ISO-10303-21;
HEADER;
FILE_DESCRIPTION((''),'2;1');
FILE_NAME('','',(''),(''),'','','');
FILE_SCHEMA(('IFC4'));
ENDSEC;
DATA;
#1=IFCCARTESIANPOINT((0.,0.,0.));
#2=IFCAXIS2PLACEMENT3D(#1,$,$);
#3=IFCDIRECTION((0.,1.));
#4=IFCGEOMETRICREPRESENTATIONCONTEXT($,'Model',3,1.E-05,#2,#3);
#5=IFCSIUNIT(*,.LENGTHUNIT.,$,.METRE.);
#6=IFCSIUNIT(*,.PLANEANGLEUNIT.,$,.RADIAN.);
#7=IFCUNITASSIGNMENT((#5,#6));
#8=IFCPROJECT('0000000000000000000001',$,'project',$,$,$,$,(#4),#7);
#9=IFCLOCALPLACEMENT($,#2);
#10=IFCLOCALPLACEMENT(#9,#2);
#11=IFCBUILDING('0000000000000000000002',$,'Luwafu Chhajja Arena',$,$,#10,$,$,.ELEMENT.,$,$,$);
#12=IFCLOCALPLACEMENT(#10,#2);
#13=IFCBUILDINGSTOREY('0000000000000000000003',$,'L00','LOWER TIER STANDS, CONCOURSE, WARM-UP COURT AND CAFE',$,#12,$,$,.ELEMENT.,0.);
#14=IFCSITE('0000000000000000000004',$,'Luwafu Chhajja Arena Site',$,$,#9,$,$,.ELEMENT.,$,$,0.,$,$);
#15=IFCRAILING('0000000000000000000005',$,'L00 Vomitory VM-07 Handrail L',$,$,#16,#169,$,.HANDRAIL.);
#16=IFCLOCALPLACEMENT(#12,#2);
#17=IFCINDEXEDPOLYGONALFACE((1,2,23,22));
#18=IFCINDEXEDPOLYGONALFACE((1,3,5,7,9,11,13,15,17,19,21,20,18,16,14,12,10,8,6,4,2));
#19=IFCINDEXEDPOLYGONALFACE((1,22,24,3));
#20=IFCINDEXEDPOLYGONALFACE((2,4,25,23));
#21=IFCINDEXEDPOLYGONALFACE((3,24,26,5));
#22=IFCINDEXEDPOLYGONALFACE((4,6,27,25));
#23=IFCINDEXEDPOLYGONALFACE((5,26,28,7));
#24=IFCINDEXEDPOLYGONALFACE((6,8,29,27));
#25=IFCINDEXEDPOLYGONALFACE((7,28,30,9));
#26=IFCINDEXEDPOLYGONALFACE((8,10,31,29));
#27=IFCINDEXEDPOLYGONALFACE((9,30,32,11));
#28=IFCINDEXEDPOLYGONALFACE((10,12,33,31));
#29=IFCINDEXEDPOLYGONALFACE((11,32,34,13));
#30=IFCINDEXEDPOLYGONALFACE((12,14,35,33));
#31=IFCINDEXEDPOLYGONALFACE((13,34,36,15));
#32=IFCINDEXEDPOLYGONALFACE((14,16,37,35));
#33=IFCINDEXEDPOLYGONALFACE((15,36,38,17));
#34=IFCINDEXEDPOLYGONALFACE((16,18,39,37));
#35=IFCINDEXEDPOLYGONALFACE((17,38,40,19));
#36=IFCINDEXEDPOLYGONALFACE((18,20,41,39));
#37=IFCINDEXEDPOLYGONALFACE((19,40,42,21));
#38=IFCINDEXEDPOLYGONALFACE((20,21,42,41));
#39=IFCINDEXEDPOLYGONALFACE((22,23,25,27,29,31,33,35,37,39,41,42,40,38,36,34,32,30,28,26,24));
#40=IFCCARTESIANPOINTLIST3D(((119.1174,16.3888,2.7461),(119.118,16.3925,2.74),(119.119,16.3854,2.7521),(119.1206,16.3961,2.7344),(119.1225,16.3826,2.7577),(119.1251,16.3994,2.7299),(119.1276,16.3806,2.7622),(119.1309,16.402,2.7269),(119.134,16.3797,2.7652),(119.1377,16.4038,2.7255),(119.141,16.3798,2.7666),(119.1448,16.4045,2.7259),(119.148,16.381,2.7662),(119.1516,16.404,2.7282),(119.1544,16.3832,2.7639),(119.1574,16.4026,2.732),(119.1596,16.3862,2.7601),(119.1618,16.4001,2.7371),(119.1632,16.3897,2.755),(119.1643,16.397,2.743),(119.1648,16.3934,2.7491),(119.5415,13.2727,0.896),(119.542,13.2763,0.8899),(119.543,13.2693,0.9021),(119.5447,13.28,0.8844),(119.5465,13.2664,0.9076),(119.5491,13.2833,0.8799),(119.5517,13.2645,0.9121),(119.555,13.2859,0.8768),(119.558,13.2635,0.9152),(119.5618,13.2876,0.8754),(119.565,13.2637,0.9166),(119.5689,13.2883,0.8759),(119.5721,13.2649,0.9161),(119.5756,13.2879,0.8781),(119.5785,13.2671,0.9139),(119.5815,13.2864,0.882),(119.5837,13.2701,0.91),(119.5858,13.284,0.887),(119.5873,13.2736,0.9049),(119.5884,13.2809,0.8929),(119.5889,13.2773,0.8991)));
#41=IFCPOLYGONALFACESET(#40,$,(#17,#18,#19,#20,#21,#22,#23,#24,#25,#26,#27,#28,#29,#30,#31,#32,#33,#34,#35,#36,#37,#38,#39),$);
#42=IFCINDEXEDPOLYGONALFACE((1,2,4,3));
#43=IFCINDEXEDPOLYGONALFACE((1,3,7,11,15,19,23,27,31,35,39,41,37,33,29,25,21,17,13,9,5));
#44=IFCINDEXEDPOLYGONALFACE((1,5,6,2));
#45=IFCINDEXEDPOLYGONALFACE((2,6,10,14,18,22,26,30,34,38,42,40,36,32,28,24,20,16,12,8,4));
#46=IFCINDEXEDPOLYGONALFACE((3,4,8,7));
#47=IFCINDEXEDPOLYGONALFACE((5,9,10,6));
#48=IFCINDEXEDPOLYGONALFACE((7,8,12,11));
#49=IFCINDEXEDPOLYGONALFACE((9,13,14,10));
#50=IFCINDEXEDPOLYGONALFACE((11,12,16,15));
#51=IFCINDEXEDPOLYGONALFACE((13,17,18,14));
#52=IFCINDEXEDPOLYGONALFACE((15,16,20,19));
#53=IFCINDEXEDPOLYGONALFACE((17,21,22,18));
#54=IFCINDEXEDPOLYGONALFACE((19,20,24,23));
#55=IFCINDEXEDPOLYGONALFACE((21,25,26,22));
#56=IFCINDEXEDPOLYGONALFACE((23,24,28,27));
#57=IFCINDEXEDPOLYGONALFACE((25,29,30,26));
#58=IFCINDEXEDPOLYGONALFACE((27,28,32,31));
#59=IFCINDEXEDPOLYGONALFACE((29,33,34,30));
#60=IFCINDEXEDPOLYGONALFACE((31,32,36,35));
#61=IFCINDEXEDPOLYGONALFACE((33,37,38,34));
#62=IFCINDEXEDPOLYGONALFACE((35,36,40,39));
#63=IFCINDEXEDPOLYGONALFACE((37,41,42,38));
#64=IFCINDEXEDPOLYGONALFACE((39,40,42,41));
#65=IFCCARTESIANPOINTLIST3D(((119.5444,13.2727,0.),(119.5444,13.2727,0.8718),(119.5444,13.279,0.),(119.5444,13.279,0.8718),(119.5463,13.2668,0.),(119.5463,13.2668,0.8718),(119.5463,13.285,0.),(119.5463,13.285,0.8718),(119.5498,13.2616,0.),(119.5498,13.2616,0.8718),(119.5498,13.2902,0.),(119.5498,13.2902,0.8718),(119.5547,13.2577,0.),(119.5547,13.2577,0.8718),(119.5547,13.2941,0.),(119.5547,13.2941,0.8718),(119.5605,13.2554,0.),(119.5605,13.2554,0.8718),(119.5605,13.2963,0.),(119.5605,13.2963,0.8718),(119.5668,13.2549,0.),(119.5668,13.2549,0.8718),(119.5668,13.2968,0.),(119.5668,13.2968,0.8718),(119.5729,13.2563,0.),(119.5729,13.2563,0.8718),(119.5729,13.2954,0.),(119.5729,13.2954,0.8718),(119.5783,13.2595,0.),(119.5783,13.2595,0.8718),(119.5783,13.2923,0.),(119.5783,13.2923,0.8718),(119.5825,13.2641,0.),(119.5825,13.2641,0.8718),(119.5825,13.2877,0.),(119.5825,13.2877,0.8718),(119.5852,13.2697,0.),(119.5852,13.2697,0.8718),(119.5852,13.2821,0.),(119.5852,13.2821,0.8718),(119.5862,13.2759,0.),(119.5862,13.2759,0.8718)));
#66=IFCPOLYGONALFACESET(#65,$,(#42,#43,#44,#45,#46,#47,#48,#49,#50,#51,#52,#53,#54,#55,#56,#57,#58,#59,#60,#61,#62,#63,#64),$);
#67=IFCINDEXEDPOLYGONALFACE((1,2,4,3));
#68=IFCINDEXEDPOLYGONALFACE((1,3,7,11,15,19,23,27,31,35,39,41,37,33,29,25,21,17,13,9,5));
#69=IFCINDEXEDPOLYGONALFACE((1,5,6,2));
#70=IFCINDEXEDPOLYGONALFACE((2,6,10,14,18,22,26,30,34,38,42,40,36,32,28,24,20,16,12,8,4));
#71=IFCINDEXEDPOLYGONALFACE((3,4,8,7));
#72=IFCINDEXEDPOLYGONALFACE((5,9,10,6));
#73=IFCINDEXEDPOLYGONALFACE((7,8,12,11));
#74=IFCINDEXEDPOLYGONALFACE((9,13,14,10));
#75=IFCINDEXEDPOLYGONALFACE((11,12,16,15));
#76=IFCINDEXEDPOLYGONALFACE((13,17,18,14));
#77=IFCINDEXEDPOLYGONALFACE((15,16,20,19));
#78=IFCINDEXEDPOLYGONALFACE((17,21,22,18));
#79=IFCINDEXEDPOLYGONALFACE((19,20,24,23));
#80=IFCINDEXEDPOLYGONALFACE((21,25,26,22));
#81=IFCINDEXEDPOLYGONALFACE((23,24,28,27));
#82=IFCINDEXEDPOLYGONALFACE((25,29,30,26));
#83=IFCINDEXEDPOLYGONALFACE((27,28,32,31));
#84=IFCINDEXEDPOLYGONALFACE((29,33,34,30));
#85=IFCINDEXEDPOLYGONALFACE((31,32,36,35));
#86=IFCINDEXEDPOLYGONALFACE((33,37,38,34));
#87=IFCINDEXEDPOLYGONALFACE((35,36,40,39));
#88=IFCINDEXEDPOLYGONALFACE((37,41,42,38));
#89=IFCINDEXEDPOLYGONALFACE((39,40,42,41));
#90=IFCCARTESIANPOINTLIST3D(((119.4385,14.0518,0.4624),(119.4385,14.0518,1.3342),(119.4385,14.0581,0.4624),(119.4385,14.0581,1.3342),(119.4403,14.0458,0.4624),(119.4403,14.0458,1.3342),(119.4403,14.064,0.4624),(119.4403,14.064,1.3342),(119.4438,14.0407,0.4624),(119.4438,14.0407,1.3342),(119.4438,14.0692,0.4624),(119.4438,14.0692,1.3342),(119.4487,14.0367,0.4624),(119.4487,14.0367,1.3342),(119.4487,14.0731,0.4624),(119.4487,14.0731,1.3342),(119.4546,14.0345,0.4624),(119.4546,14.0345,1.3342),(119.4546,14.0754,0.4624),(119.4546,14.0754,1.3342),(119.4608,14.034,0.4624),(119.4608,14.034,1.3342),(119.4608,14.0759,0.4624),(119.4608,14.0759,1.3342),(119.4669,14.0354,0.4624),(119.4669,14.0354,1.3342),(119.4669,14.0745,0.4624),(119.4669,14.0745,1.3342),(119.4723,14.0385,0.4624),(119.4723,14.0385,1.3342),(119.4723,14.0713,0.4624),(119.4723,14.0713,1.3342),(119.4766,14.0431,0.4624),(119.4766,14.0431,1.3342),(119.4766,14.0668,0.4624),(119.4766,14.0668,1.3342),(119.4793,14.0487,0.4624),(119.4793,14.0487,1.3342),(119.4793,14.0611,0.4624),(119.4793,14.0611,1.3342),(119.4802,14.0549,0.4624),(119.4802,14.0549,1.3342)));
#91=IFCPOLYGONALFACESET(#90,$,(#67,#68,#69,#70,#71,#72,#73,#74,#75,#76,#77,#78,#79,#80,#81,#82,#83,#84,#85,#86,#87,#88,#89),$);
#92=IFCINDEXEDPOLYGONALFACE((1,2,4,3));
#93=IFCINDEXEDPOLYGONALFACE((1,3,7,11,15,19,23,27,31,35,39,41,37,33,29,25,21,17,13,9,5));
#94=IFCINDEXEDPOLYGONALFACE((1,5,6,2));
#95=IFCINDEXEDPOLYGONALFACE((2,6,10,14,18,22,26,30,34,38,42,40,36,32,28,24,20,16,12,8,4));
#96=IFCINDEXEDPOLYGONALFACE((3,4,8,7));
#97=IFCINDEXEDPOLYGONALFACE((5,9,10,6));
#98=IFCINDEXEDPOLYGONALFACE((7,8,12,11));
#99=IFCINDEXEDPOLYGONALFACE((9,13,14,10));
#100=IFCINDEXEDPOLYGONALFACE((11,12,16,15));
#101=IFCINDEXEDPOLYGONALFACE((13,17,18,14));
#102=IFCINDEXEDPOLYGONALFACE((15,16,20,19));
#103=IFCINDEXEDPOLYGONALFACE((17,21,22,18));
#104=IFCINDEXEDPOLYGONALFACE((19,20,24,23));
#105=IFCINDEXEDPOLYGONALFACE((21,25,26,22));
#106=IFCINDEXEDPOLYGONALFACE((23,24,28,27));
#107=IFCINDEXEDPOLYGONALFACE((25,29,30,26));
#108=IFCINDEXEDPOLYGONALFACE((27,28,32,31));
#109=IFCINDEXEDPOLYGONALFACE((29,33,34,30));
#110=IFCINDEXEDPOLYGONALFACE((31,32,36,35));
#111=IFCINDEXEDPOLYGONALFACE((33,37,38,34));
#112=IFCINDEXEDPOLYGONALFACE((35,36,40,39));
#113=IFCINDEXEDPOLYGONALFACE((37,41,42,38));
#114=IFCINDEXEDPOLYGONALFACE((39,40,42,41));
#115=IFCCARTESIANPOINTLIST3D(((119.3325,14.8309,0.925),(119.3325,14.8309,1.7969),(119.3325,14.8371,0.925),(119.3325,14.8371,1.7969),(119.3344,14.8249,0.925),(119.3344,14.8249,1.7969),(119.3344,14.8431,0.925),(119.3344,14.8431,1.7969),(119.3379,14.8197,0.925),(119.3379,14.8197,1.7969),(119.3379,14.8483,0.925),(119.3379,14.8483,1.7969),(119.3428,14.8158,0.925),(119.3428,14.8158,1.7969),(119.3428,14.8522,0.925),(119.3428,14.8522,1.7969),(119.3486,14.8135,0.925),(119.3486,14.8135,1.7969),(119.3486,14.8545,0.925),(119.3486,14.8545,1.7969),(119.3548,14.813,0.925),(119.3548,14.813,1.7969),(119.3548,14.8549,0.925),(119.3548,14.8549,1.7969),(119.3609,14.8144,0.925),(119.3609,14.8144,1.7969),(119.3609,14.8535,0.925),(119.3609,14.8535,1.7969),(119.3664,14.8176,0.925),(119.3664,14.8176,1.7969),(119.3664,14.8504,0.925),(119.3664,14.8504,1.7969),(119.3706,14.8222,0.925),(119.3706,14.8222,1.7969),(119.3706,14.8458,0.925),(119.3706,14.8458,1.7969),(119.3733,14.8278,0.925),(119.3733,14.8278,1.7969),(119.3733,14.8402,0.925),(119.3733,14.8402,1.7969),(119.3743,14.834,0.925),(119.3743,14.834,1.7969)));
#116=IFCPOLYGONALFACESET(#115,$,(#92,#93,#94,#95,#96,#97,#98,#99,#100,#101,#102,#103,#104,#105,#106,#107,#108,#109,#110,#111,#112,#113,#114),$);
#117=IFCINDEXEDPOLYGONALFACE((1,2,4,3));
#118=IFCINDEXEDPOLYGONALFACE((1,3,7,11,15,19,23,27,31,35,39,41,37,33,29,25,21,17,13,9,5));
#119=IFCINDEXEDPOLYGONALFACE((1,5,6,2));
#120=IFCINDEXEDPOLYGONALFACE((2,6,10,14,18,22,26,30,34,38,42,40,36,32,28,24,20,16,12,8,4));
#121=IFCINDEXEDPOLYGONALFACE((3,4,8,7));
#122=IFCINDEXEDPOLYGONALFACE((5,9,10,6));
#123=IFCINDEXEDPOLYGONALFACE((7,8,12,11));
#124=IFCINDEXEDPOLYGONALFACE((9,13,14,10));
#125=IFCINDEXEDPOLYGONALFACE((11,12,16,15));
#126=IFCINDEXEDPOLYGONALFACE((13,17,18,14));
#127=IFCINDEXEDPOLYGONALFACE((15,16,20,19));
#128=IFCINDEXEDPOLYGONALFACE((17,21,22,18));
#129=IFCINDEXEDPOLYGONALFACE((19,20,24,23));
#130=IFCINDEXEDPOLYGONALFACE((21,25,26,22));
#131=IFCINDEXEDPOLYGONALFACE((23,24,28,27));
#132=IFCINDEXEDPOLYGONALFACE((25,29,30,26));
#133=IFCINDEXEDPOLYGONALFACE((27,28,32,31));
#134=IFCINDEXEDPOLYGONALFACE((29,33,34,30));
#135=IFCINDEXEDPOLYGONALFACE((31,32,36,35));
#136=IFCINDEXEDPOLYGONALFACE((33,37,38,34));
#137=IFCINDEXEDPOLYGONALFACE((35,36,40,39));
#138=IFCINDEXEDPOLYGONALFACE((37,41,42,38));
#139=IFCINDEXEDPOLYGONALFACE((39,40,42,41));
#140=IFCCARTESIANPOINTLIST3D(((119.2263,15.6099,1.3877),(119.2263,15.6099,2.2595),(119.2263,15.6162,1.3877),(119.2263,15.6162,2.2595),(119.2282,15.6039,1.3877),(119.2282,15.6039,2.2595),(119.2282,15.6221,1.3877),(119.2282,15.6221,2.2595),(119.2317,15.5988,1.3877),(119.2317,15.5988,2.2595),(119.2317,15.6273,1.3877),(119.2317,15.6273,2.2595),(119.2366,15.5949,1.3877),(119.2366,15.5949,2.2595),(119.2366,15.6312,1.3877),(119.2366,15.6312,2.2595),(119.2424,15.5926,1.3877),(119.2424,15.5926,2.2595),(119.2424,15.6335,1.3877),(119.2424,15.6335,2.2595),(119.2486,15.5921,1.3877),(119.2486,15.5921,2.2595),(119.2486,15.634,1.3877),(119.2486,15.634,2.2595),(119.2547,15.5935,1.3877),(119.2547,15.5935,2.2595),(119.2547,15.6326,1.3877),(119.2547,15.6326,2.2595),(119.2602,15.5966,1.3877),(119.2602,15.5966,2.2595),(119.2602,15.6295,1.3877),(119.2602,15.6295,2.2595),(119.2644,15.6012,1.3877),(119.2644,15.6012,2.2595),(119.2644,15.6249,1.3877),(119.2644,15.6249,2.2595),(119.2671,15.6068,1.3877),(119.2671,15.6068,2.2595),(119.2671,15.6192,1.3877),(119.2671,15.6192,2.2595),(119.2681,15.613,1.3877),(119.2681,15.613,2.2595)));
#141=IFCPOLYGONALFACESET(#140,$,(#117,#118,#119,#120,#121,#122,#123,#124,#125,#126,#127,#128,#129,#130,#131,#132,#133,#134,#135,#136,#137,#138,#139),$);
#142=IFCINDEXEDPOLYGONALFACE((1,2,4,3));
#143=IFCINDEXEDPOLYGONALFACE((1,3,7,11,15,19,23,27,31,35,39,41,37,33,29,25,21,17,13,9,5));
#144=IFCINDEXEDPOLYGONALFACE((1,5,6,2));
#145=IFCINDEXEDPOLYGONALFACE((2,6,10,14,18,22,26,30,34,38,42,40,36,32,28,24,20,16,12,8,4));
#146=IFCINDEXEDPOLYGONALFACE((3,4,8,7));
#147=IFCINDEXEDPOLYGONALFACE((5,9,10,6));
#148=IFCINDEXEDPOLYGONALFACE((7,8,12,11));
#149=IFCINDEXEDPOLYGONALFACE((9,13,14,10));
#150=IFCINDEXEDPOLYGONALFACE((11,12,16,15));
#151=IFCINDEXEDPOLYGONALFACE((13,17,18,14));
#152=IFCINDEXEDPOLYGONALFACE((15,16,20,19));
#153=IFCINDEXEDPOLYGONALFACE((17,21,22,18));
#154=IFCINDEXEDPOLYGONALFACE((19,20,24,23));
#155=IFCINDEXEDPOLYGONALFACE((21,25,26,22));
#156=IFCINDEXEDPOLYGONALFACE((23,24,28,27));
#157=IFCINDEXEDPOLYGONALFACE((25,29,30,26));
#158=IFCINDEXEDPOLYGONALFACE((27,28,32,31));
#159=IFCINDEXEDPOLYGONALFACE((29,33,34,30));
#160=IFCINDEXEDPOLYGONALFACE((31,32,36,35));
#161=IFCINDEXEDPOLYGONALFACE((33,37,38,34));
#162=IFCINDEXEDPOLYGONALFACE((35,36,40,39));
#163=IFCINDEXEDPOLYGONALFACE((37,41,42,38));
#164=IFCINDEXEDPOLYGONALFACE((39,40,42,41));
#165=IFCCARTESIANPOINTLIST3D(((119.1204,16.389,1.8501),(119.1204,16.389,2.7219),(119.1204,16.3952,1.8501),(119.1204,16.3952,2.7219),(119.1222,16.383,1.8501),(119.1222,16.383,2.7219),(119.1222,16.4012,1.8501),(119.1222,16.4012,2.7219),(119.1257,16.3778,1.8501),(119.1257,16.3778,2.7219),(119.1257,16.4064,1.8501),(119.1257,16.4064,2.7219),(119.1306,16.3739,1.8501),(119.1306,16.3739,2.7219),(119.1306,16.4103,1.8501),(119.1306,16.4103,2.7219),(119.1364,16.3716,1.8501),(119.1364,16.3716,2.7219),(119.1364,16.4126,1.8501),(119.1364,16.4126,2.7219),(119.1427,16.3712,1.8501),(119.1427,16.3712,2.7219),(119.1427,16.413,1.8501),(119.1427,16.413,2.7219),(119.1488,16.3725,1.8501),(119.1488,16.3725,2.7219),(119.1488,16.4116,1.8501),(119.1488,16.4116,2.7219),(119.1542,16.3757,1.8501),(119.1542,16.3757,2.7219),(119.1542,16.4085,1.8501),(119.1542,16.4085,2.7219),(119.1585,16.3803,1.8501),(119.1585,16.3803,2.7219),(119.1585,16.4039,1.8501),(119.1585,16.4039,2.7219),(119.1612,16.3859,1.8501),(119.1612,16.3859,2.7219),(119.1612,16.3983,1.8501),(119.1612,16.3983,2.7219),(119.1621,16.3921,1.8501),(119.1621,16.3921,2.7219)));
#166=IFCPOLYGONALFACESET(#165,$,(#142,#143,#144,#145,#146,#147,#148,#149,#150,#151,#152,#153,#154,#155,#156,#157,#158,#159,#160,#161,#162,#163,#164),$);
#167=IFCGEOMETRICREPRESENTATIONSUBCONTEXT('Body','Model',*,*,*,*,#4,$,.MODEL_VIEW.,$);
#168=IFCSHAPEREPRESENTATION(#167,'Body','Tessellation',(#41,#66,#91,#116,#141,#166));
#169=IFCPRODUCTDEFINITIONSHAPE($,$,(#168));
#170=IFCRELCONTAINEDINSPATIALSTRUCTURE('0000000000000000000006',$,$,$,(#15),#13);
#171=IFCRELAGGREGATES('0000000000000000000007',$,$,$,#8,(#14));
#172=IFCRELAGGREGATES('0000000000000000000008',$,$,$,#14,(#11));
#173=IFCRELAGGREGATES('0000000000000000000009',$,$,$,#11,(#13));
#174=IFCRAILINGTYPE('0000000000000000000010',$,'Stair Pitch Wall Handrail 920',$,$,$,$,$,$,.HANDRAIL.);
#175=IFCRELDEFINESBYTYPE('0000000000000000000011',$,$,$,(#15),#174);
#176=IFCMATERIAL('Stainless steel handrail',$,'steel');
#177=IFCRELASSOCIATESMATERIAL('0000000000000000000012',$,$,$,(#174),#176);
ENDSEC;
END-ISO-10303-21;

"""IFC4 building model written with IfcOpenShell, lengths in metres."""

from ifc_helpers import new_model, si_unit, direction, frame, origin, origin_2d, place, context, subcontext, project, spatial, circle, extrude, material, type_object, element, save


model = new_model("IFC4")

# Units and contexts
model_context = context("Model", 3, precision=1e-05, world=origin(), true_north=direction((0.0, 1.0)))
body_context = subcontext(model_context, "Body", "Model", "MODEL_VIEW")
ifc_project = project(units=[si_unit("LENGTHUNIT", "METRE"), si_unit("PLANEANGLEUNIT", "RADIAN")], contexts=[model_context])

# Site, building, storey
site_placement = place(None, origin())
site = spatial("IfcSite", under=ifc_project, at=site_placement, Name="Luwafu Chhajja Arena Site", CompositionType="ELEMENT", RefElevation=0.0)
building_placement = place(site_placement, origin())
building = spatial("IfcBuilding", under=site, at=building_placement, Name="Luwafu Chhajja Arena", CompositionType="ELEMENT")
storey_placement = place(building_placement, origin())
storey = spatial("IfcBuildingStorey", under=building, at=storey_placement, Name="L00", Description="LOWER TIER STANDS, CONCOURSE, WARM-UP COURT AND CAFE", CompositionType="ELEMENT", Elevation=0.0)

# Railing
ifc_material_1 = material(Name="Stainless steel handrail", Category="steel")
railing_type_1 = type_object("IfcRailingType", Name="Stair Pitch Wall Handrail 920", PredefinedType="HANDRAIL", material=ifc_material_1)
railing_1_placement = place(storey_placement, frame((119.5652, 13.2759, 0.0)))
element("IfcRailing", 1, at=railing_1_placement, inside=storey, type_object=railing_type_1, Name="L00 Vomitory VM-07 Handrail L", PredefinedType="HANDRAIL", context=body_context, shape_type="SweptSolid", body=[
    extrude(circle(Radius=0.0239, at=origin_2d()), frame((0.0, 0.0, 0.896), z_axis=(-0.116224, 0.854046, 0.507048), x_axis=(-0.990867, -0.134843, 0.0)), (0.0, 0.0, 1.0), 3.6487),
    extrude(circle(Radius=0.021, at=origin_2d()), origin(), (0.0, 0.0, 1.0), 0.8718),
    extrude(circle(Radius=0.021, at=origin_2d()), frame((-0.106, 0.7791, 0.4624)), (0.0, 0.0, 1.0), 0.8718),
    extrude(circle(Radius=0.021, at=origin_2d()), frame((-0.2119, 1.5581, 0.925)), (0.0, 0.0, 1.0), 0.8718),
    extrude(circle(Radius=0.021, at=origin_2d()), frame((-0.3181, 2.3372, 1.3877)), (0.0, 0.0, 1.0), 0.8718),
    extrude(circle(Radius=0.021, at=origin_2d()), frame((-0.4241, 3.1162, 1.8501)), (0.0, 0.0, 1.0), 0.8718),
])

save(model, "model.ifc")
